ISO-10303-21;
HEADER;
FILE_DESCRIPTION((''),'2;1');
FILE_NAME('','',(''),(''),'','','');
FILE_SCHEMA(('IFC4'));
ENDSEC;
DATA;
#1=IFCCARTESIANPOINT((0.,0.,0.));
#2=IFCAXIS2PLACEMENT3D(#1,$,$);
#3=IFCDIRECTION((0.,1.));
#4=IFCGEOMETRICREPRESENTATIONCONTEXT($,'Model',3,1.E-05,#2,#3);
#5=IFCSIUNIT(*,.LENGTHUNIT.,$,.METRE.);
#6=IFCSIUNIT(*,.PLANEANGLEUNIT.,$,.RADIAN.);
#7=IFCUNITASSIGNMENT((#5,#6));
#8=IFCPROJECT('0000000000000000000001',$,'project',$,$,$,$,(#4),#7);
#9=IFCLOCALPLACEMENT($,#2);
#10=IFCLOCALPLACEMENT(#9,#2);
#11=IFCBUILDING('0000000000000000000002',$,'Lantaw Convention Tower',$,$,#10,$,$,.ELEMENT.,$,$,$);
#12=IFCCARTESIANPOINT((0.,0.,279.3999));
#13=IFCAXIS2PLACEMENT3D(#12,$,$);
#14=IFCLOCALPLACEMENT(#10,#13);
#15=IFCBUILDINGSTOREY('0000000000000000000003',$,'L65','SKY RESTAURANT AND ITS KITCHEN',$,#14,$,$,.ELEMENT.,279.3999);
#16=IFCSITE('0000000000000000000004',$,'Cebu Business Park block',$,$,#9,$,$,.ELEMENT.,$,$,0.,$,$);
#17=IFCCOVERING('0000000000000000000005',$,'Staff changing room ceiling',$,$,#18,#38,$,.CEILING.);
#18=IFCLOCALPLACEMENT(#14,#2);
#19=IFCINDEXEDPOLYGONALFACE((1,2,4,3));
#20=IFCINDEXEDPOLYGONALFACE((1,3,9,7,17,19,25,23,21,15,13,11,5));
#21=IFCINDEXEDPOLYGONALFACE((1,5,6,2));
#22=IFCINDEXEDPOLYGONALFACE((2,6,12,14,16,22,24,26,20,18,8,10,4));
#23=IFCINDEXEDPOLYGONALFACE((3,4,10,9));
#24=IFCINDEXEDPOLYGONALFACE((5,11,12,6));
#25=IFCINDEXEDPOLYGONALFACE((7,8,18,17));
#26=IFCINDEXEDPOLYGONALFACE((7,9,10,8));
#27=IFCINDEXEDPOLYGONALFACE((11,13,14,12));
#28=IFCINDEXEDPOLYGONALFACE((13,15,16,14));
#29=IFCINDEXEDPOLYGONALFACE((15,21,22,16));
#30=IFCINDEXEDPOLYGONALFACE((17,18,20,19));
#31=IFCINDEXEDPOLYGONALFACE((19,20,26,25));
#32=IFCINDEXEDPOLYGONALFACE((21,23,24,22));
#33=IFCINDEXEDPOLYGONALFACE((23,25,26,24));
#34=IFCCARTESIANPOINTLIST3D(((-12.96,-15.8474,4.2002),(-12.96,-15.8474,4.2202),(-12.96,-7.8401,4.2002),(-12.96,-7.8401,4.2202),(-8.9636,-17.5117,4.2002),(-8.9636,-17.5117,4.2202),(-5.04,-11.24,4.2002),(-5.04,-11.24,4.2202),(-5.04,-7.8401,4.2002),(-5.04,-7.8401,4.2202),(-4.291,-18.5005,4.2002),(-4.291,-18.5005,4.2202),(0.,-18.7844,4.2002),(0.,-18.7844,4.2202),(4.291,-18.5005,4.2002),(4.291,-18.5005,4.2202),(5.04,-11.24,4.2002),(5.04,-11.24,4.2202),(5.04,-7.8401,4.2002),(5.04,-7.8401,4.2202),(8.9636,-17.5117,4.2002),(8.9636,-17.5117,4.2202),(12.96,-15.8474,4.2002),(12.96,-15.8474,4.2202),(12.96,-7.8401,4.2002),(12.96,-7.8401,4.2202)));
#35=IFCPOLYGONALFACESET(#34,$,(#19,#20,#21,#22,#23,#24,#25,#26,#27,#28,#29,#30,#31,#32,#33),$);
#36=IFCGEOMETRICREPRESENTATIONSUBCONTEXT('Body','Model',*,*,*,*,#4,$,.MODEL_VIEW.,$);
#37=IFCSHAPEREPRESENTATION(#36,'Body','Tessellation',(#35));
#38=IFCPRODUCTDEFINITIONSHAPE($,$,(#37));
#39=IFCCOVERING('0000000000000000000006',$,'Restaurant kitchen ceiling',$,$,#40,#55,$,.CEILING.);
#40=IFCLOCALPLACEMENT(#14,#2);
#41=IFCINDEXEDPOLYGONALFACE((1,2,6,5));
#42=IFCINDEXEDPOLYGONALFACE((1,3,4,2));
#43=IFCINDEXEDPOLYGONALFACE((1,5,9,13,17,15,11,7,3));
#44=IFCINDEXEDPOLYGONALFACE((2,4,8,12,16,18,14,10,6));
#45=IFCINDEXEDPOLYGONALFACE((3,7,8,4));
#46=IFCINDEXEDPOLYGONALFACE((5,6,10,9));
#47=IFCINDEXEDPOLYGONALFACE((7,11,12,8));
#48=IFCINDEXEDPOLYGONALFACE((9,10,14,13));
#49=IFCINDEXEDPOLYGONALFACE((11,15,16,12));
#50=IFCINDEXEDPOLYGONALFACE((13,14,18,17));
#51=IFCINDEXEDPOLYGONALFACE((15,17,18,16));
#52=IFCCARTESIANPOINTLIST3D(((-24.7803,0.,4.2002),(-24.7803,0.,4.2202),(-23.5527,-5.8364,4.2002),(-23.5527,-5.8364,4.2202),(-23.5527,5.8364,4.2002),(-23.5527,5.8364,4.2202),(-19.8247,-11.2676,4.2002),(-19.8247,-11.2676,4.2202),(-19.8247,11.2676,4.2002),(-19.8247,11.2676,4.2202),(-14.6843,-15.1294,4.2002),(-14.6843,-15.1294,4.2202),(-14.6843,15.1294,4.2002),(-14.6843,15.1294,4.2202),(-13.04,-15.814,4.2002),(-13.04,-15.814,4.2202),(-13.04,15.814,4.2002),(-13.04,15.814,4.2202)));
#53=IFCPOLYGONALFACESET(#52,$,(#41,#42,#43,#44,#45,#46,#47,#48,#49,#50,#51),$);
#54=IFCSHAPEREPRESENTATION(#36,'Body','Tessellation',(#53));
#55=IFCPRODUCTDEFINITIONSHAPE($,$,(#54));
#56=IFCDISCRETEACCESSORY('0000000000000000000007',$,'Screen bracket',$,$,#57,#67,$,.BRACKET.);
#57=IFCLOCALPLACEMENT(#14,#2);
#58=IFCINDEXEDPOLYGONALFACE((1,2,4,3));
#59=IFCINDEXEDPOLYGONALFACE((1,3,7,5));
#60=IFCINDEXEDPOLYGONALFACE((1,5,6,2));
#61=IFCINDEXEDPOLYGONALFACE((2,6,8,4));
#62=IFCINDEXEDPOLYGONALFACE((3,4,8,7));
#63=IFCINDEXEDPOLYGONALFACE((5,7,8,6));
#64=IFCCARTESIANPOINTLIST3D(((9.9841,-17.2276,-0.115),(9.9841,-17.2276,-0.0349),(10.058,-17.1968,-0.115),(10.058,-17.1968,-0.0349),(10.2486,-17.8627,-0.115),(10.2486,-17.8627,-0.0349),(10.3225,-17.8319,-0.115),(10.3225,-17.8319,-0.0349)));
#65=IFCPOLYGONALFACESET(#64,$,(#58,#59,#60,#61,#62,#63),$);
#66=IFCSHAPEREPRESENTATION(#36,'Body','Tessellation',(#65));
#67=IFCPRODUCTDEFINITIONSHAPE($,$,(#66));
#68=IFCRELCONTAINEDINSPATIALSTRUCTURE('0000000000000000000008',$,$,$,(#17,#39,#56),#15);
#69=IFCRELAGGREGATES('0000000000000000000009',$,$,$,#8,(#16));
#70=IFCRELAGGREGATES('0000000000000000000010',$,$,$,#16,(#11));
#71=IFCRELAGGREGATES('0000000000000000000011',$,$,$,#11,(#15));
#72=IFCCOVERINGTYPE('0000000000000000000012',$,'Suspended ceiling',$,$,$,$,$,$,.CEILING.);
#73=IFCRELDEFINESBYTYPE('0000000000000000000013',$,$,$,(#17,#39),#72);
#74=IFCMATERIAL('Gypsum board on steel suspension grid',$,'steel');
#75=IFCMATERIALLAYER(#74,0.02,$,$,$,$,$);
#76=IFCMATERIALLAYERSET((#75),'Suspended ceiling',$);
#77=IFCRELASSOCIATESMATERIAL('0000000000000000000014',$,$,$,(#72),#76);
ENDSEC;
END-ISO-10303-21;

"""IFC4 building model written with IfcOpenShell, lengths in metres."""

from ifc_helpers import new_model, si_unit, direction, frame, origin, origin_2d, place, context, subcontext, project, spatial, polyline, rectangle, outline, extrude, material, layer, layer_set, type_object, element, save


model = new_model("IFC4")

# Units and contexts
model_context = context("Model", 3, precision=1e-05, world=origin(), true_north=direction((0.0, 1.0)))
body_context = subcontext(model_context, "Body", "Model", "MODEL_VIEW")
ifc_project = project(units=[si_unit("LENGTHUNIT", "METRE"), si_unit("PLANEANGLEUNIT", "RADIAN")], contexts=[model_context])

# Site, building, storey
site_placement = place(None, origin())
site = spatial("IfcSite", under=ifc_project, at=site_placement, Name="Cebu Business Park block", CompositionType="ELEMENT", RefElevation=0.0)
building_placement = place(site_placement, origin())
building = spatial("IfcBuilding", under=site, at=building_placement, Name="Lantaw Convention Tower", CompositionType="ELEMENT")
storey_placement = place(building_placement, frame((0.0, 0.0, 279.3999)))
storey = spatial("IfcBuildingStorey", under=building, at=storey_placement, Name="L65", Description="SKY RESTAURANT AND ITS KITCHEN", CompositionType="ELEMENT", Elevation=279.3999)

# Coverings
ifc_material_1 = material(Name="Gypsum board on steel suspension grid", Category="steel")
ifc_layer_1 = layer(ifc_material_1, 0.02)
ifc_layer_set_1 = layer_set([ifc_layer_1], Name="Suspended ceiling")
covering_type = type_object("IfcCoveringType", Name="Suspended ceiling", PredefinedType="CEILING", material=ifc_layer_set_1)
covering_1_placement = place(storey_placement, frame((0.0, 0.0, 4.2002)))
element("IfcCovering", 1, at=covering_1_placement, inside=storey, type_object=covering_type, Name="Staff changing room ceiling", PredefinedType="CEILING", context=body_context, shape_type="SweptSolid", body=[
    extrude(outline(polyline([(8.9636, -17.5117), (12.96, -15.8474), (12.96, -7.8401), (5.04, -7.8401), (5.04, -11.24), (-5.04, -11.24), (-5.04, -7.8401), (-12.96, -7.8401), (-12.96, -15.8474), (-8.9636, -17.5117), (-4.291, -18.5005), (0.0, -18.7844), (4.291, -18.5005), (8.9636, -17.5117)])), origin(), (0.0, 0.0, 1.0), 0.02),
])
covering_2_placement = place(storey_placement, frame((0.0, 0.0, 4.2002)))
element("IfcCovering", 2, at=covering_2_placement, inside=storey, type_object=covering_type, Name="Restaurant kitchen ceiling", PredefinedType="CEILING", context=body_context, shape_type="SweptSolid", body=[
    extrude(outline(polyline([(-14.6843, -15.1294), (-13.04, -15.814), (-13.04, 15.814), (-14.6843, 15.1294), (-19.8247, 11.2676), (-23.5527, 5.8364), (-24.7803, 0.0), (-23.5527, -5.8364), (-19.8247, -11.2676), (-14.6843, -15.1294)])), origin(), (0.0, 0.0, 1.0), 0.02),
])

# Discrete accessory
discrete_accessory_placement = place(storey_placement, frame((10.1533, -17.5298, -0.115), z_axis=(0.0, 0.0, 1.0), x_axis=(0.923142, 0.38446, 0.0)))
element("IfcDiscreteAccessory", 3, at=discrete_accessory_placement, inside=storey, Name="Screen bracket", PredefinedType="BRACKET", context=body_context, shape_type="SweptSolid", body=[
    extrude(rectangle(XDim=0.0801, YDim=0.688, at=origin_2d()), origin(), (0.0, 0.0, 1.0), 0.0801),
])

save(model, "model.ifc")
